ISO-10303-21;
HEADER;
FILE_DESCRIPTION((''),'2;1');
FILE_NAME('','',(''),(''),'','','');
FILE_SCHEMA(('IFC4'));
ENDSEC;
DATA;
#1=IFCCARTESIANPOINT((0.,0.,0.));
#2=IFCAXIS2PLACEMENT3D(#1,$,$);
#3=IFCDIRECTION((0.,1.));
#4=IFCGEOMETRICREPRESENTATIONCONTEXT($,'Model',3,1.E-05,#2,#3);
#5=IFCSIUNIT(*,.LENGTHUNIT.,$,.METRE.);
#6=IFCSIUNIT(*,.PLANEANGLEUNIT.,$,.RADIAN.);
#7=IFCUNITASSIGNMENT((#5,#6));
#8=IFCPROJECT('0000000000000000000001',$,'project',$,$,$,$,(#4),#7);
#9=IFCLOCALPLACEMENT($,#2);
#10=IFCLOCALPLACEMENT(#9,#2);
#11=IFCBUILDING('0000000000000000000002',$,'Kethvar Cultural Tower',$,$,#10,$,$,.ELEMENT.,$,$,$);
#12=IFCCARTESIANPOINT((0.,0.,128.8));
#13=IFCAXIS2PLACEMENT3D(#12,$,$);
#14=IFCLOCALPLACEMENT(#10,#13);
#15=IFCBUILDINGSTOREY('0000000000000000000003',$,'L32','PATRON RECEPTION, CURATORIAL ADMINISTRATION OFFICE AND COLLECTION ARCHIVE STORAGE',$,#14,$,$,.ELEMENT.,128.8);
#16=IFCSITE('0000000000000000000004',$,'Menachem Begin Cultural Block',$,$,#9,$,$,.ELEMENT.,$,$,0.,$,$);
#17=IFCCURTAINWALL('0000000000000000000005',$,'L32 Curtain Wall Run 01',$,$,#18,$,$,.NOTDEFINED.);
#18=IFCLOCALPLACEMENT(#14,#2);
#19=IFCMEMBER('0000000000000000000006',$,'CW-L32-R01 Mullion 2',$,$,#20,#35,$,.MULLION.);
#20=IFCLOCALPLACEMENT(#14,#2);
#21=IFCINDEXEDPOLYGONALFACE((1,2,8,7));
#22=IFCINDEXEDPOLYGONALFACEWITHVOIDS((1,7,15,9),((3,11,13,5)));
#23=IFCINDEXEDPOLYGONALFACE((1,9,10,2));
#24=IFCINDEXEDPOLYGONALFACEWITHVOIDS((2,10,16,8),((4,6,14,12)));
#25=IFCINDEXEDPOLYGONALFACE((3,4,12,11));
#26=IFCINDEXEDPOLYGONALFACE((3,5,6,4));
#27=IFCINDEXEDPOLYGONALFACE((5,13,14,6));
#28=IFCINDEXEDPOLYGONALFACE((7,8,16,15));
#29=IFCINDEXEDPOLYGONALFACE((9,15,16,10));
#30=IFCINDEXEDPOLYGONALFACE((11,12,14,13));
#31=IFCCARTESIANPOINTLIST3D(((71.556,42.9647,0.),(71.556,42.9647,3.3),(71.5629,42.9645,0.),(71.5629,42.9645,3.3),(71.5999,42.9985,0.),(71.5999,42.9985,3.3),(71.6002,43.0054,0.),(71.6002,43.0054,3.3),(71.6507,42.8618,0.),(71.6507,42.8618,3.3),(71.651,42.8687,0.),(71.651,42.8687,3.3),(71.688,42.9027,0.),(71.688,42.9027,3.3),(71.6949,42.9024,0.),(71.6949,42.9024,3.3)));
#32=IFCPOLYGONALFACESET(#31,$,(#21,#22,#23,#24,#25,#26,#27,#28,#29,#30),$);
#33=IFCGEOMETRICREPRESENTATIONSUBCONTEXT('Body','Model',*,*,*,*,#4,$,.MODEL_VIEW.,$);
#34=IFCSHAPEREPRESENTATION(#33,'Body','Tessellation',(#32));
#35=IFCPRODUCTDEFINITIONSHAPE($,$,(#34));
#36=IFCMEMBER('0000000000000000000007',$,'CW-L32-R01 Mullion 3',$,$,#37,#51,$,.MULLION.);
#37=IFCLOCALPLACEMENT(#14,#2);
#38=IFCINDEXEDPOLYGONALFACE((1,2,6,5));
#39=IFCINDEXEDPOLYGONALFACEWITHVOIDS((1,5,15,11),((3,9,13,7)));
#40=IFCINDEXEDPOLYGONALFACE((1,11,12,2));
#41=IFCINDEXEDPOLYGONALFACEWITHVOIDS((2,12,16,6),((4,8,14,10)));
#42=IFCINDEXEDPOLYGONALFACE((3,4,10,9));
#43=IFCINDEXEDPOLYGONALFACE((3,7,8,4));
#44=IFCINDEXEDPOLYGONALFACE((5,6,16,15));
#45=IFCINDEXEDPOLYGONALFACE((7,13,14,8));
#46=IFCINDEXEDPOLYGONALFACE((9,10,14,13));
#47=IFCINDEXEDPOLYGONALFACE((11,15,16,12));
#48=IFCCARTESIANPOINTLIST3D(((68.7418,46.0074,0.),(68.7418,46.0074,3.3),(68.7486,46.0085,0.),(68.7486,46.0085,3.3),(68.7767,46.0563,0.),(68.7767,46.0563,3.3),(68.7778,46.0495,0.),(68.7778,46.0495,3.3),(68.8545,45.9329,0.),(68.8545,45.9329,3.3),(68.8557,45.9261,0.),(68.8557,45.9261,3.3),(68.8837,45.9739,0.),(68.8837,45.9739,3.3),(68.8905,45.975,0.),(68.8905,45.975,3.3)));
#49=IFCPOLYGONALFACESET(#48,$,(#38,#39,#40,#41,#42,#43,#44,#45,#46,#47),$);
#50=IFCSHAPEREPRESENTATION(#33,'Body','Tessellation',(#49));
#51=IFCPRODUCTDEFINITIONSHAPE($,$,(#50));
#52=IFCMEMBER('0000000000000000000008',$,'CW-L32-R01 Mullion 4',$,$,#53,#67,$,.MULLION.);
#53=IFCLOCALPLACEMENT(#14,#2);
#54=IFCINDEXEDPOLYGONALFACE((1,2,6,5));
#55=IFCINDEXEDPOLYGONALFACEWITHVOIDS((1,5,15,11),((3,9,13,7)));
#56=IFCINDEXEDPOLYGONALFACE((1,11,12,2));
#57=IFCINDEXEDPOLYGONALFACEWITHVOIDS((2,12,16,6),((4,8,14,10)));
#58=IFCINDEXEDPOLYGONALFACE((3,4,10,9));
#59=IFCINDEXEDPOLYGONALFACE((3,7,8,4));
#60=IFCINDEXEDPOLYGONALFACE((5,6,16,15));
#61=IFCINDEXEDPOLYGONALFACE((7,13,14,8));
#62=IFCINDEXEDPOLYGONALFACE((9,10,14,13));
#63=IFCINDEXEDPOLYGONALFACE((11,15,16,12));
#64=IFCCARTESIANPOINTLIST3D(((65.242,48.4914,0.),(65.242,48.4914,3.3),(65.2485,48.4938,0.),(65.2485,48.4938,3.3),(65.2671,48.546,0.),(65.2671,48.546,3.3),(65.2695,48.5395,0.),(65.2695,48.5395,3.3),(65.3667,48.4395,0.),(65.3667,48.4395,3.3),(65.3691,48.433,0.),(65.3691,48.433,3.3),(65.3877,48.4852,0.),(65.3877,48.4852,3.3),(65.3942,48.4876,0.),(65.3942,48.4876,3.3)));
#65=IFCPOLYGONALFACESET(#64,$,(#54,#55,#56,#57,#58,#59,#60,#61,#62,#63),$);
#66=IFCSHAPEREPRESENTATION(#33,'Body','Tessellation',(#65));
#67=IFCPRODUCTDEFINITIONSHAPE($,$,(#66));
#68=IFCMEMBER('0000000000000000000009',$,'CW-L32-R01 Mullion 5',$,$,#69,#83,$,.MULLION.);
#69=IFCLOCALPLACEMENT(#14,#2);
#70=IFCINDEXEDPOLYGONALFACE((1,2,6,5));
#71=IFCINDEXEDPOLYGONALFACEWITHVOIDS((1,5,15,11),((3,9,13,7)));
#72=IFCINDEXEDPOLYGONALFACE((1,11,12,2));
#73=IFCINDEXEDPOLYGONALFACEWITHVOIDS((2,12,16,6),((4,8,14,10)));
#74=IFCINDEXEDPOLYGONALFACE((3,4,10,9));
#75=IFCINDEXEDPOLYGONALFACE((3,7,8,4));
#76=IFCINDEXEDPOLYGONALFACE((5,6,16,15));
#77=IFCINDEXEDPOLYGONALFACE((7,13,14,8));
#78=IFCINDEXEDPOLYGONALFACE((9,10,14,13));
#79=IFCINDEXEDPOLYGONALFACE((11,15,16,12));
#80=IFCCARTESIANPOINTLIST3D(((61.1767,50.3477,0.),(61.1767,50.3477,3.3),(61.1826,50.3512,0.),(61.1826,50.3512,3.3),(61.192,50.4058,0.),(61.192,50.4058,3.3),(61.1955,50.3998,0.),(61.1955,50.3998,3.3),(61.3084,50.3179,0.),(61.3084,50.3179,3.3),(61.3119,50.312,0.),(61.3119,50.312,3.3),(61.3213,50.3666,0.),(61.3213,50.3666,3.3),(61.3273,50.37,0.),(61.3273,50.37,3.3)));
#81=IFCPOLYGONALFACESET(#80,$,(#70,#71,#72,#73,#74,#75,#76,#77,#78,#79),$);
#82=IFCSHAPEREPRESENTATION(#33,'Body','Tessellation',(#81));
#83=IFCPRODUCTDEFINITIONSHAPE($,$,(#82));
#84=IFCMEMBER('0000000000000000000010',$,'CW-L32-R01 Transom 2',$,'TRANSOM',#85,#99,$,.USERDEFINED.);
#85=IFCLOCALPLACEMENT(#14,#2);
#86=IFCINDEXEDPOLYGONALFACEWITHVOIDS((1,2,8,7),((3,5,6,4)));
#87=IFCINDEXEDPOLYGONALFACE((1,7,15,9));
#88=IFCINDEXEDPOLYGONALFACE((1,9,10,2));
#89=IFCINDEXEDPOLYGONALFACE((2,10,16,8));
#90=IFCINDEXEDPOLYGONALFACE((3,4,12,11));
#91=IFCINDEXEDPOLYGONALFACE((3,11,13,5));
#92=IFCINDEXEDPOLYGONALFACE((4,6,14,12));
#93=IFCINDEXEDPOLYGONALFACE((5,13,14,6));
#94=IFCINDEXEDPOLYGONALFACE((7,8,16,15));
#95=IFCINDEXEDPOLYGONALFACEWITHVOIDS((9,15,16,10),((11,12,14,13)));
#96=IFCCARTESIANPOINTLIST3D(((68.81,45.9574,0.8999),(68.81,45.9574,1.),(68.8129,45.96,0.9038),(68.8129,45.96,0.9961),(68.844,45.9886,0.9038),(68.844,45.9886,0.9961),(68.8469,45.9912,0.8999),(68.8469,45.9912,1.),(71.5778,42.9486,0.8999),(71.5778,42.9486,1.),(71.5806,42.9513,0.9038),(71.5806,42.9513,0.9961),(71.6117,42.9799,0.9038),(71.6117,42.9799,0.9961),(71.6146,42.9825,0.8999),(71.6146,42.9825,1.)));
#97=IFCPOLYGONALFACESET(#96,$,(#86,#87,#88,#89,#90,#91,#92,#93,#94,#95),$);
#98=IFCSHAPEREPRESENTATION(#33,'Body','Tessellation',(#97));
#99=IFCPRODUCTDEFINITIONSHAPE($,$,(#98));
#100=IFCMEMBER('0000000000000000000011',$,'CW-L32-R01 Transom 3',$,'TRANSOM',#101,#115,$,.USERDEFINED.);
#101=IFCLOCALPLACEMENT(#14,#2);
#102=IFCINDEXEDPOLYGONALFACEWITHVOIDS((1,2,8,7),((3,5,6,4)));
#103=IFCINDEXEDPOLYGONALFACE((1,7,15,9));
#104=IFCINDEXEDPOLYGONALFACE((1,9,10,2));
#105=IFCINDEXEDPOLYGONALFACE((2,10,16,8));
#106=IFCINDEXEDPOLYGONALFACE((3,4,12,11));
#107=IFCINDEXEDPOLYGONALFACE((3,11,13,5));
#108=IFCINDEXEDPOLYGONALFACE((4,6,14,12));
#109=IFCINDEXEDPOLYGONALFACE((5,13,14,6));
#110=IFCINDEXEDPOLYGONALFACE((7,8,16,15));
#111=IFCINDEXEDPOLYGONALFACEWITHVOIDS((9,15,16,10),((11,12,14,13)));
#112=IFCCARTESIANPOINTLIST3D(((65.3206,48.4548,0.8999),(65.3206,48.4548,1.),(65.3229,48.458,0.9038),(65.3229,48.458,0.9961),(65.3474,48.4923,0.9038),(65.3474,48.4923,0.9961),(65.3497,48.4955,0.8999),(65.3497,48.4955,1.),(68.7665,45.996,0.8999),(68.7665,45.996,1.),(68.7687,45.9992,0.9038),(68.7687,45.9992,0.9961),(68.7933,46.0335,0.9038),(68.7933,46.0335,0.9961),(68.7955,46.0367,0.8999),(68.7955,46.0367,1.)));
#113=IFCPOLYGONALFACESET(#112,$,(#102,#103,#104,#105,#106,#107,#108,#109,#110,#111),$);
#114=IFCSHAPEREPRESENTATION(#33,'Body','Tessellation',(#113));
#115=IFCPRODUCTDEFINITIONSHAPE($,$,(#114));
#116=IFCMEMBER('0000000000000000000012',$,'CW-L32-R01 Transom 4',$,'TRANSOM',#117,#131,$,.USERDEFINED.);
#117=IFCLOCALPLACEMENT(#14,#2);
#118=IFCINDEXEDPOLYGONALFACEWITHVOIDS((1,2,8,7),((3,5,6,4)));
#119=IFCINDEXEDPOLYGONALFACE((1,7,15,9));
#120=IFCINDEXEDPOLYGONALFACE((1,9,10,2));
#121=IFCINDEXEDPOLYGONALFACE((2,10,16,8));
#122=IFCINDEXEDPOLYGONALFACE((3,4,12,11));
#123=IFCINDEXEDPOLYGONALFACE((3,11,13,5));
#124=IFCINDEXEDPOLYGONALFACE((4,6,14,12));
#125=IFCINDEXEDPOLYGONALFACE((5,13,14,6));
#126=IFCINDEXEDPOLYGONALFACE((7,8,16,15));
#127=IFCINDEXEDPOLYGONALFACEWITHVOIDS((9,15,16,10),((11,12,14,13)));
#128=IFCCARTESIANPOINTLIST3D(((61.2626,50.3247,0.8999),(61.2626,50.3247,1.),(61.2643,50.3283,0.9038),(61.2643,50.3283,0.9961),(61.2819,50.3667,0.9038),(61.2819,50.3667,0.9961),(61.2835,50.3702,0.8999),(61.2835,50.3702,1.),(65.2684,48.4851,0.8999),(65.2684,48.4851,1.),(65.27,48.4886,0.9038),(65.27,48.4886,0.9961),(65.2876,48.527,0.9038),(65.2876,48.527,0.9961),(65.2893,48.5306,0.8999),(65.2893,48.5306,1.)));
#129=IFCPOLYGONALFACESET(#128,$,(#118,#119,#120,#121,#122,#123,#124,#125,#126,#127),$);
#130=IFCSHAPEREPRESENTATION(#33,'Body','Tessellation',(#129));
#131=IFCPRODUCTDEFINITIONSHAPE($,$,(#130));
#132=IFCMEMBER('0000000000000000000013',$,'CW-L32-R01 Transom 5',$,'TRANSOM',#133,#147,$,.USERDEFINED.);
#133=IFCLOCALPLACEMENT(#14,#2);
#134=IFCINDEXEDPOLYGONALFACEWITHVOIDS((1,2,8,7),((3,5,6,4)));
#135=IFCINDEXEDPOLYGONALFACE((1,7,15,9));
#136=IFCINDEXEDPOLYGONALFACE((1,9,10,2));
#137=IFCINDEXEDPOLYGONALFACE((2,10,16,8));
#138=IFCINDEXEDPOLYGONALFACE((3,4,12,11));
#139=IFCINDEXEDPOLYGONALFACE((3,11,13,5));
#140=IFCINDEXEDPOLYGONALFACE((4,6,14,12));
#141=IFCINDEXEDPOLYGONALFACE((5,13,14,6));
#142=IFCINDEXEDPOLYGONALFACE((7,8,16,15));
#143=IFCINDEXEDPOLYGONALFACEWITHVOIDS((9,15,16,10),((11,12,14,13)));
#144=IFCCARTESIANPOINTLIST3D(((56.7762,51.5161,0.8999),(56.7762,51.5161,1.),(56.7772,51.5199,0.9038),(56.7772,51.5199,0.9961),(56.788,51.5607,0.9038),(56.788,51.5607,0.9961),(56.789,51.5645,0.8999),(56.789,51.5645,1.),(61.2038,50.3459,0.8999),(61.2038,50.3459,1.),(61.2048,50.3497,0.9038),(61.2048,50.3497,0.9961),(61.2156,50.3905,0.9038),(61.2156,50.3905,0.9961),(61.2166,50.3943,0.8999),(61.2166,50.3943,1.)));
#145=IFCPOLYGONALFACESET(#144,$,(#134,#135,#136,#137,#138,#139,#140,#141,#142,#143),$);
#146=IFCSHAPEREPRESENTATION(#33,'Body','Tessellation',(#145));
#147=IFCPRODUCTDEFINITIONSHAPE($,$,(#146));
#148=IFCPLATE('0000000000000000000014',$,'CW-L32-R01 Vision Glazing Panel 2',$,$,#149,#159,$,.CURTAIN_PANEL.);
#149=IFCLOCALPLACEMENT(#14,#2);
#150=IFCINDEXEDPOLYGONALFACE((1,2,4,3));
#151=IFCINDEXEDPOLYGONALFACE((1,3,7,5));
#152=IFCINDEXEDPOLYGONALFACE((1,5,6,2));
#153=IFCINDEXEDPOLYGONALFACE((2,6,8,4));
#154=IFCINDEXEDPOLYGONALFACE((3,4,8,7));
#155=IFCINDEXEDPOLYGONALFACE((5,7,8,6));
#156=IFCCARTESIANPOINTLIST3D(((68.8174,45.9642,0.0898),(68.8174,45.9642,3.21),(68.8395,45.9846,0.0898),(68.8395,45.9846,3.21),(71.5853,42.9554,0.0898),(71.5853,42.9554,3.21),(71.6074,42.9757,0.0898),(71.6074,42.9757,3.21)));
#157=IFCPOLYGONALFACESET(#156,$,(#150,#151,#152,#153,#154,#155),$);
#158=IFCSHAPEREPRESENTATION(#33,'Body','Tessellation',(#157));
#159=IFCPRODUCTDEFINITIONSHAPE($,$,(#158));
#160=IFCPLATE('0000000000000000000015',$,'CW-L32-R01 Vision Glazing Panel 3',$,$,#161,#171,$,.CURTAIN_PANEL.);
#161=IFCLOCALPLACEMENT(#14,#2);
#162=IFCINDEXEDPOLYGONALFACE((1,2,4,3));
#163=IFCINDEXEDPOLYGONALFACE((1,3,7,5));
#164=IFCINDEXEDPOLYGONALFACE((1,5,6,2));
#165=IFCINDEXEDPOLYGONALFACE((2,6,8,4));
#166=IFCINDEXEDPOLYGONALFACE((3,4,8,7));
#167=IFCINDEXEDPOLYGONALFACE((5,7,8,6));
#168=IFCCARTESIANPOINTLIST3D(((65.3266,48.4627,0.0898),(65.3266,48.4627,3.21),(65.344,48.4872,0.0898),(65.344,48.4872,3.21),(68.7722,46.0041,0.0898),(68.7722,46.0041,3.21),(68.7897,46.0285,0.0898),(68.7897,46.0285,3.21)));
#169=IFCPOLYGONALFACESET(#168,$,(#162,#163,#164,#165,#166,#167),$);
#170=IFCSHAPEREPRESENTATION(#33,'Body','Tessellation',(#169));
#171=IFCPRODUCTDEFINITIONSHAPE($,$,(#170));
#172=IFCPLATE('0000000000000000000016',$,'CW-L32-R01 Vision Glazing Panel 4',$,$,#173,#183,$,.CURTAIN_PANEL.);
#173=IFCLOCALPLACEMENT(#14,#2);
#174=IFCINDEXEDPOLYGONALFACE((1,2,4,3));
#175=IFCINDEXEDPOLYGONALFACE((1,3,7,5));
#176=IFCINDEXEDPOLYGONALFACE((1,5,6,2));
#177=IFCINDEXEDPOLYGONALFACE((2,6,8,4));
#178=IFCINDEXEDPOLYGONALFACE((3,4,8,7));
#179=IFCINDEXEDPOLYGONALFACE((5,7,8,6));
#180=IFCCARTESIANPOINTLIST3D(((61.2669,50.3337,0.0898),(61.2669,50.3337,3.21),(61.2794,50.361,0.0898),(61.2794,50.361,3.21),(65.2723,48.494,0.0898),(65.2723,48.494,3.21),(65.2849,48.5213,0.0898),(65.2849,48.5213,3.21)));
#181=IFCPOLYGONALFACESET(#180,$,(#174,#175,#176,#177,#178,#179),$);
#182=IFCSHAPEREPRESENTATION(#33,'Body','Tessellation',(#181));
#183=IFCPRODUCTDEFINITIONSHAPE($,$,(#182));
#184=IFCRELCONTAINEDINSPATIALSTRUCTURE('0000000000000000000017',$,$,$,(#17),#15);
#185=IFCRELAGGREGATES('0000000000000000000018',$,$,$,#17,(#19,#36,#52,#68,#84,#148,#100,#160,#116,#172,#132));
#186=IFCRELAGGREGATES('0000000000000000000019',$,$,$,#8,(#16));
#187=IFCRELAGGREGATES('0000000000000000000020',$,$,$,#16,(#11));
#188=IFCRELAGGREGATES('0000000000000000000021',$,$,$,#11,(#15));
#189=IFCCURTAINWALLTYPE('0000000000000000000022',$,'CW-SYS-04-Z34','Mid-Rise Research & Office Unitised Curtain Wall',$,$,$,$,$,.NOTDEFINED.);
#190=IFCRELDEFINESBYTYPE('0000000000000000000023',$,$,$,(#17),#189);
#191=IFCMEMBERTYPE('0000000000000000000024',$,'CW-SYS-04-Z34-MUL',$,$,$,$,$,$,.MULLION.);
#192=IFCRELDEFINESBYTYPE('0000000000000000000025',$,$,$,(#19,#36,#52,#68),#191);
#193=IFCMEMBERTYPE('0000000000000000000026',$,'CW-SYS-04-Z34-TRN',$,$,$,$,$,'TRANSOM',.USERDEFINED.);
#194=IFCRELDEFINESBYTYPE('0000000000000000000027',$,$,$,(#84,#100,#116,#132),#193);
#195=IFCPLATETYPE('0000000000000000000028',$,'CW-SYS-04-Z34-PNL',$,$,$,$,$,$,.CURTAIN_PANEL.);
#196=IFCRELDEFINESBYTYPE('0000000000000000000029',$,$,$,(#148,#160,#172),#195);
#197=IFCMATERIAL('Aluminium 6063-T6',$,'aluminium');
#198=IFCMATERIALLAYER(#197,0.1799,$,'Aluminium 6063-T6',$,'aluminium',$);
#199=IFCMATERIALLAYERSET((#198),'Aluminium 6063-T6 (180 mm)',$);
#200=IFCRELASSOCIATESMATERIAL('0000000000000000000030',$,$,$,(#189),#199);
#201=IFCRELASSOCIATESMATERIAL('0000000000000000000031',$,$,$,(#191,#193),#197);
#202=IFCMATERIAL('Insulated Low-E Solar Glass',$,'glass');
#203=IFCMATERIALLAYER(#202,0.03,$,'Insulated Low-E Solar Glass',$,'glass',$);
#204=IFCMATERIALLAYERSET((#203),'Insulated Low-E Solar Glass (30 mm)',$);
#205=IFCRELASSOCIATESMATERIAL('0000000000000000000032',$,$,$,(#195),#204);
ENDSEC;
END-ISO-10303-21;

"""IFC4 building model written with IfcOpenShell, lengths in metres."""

from ifc_helpers import new_model, si_unit, direction, frame, origin, origin_2d, place, context, subcontext, project, spatial, rectangle, hollow_rectangle, extrude, source, transform, mapped, material, layer, layer_set, material_profile, profile_set, type_object, element, aggregate, save


model = new_model("IFC4")

# Units and contexts
model_context = context("Model", 3, precision=1e-05, world=origin(), true_north=direction((0.0, 1.0)))
body_context = subcontext(model_context, "Body", "Model", "MODEL_VIEW")
ifc_project = project(units=[si_unit("LENGTHUNIT", "METRE"), si_unit("PLANEANGLEUNIT", "RADIAN")], contexts=[model_context])

# Site, building, storey
site_placement = place(None, origin())
site = spatial("IfcSite", under=ifc_project, at=site_placement, Name="Menachem Begin Cultural Block", CompositionType="ELEMENT", RefElevation=0.0)
building_placement = place(site_placement, origin())
building = spatial("IfcBuilding", under=site, at=building_placement, Name="Kethvar Cultural Tower", CompositionType="ELEMENT")
storey_placement = place(building_placement, frame((0.0, 0.0, 128.8)))
storey = spatial("IfcBuildingStorey", under=building, at=storey_placement, Name="L32", Description="PATRON RECEPTION, CURATORIAL ADMINISTRATION OFFICE AND COLLECTION ARCHIVE STORAGE", CompositionType="ELEMENT", Elevation=128.8)

# Curtain wall, members, plates
ifc_material_1 = material(Name="Aluminium 6063-T6", Category="aluminium")
ifc_layer_1 = layer(ifc_material_1, 0.1799, Name="Aluminium 6063-T6", Category="aluminium")
ifc_layer_set_1 = layer_set([ifc_layer_1], Name="Aluminium 6063-T6 (180 mm)")
curtain_wall_type = type_object("IfcCurtainWallType", Name="CW-SYS-04-Z34", Description="Mid-Rise Research & Office Unitised Curtain Wall", PredefinedType="NOTDEFINED", material=ifc_layer_set_1)
curtain_wall_placement = place(storey_placement, origin())
curtain_wall = element("IfcCurtainWall", 1, at=curtain_wall_placement, inside=storey, type_object=curtain_wall_type, Name="L32 Curtain Wall Run 01", PredefinedType="NOTDEFINED")
ifc_material_profile_1 = material_profile(ifc_material_1, hollow_rectangle(XDim=0.0601, YDim=0.1399, WallThickness=0.0049, at=origin_2d()), Name="Aluminium 6063-T6 — RHS140x60x5")
ifc_profile_set_1 = profile_set([ifc_material_profile_1], Name="Aluminium 6063-T6 — RHS140x60x5")
member_type_1 = type_object("IfcMemberType", Name="CW-SYS-04-Z34-MUL", PredefinedType="MULLION", material=ifc_profile_set_1)
shared_shape_1 = source(origin(), body_context, "Body", "SweptSolid", [
    extrude(hollow_rectangle(XDim=0.0601, YDim=0.1399, WallThickness=0.0049, at=origin_2d()), origin(), (0.0, 0.0, 1.0), 3.3),
])
member_1_placement = place(storey_placement, frame((71.6255, 42.9336, 0.0), z_axis=(0.0, 0.0, 1.0), x_axis=(-0.735955, -0.67703, 0.0)))
member_1 = element("IfcMember", 2, at=member_1_placement, type_object=member_type_1, Name="CW-L32-R01 Mullion 2", PredefinedType="MULLION", context=body_context, shape_type="MappedRepresentation", body=[
    mapped(shared_shape_1, transform((0.0, 0.0, 0.0), scale=1.0)),
])
member_2_placement = place(storey_placement, frame((68.8162, 45.9912, 0.0), z_axis=(0.0, 0.0, 1.0), x_axis=(-0.580845, -0.814014, 0.0)))
member_2 = element("IfcMember", 3, at=member_2_placement, type_object=member_type_1, Name="CW-L32-R01 Mullion 3", PredefinedType="MULLION", context=body_context, shape_type="MappedRepresentation", body=[
    mapped(shared_shape_1, transform((0.0, 0.0, 0.0), scale=1.0)),
])
member_3_placement = place(storey_placement, frame((65.3181, 48.4895, 0.0), z_axis=(0.0, 0.0, 1.0), x_axis=(-0.417375, -0.908734, 0.0)))
member_3 = element("IfcMember", 4, at=member_3_placement, type_object=member_type_1, Name="CW-L32-R01 Mullion 4", PredefinedType="MULLION", context=body_context, shape_type="MappedRepresentation", body=[
    mapped(shared_shape_1, transform((0.0, 0.0, 0.0), scale=1.0)),
])
member_4_placement = place(storey_placement, frame((61.252, 50.3589, 0.0), z_axis=(0.0, 0.0, 1.0), x_axis=(-0.255581, -0.966788, 0.0)))
member_4 = element("IfcMember", 5, at=member_4_placement, type_object=member_type_1, Name="CW-L32-R01 Mullion 5", PredefinedType="MULLION", context=body_context, shape_type="MappedRepresentation", body=[
    mapped(shared_shape_1, transform((0.0, 0.0, 0.0), scale=1.0)),
])
ifc_material_profile_2 = material_profile(ifc_material_1, hollow_rectangle(XDim=0.05, YDim=0.1001, WallThickness=0.0039, at=origin_2d()), Name="Aluminium 6063-T6 — RHS100x50x4")
ifc_profile_set_2 = profile_set([ifc_material_profile_2], Name="Aluminium 6063-T6 — RHS100x50x4")
member_type_2 = type_object("IfcMemberType", Name="CW-SYS-04-Z34-TRN", ElementType="TRANSOM", PredefinedType="USERDEFINED", material=ifc_profile_set_2)
shared_shape_2 = source(origin(), body_context, "Body", "SweptSolid", [
    extrude(hollow_rectangle(XDim=0.05, YDim=0.1001, WallThickness=0.0039, at=origin_2d()), origin(), (0.0, 0.0, 1.0), 4.0881),
])
member_5_placement = place(storey_placement, frame((71.5962, 42.9656, 0.95), z_axis=(-0.677022, 0.735963, 0.0), x_axis=(-0.735963, -0.677022, 0.0)))
member_5 = element("IfcMember", 6, at=member_5_placement, type_object=member_type_2, Name="CW-L32-R01 Transom 2", ObjectType="TRANSOM", PredefinedType="USERDEFINED", context=body_context, shape_type="MappedRepresentation", body=[
    mapped(shared_shape_2, transform((0.0, 0.0, 0.0), scale=1.0)),
])
shared_shape_3 = source(origin(), body_context, "Body", "SweptSolid", [
    extrude(hollow_rectangle(XDim=0.05, YDim=0.1001, WallThickness=0.0039, at=origin_2d()), origin(), (0.0, 0.0, 1.0), 4.2332),
])
member_6_placement = place(storey_placement, frame((68.781, 46.0164, 0.95), z_axis=(-0.814018, 0.58084, 0.0), x_axis=(-0.58084, -0.814018, 0.0)))
member_6 = element("IfcMember", 7, at=member_6_placement, type_object=member_type_2, Name="CW-L32-R01 Transom 3", ObjectType="TRANSOM", PredefinedType="USERDEFINED", context=body_context, shape_type="MappedRepresentation", body=[
    mapped(shared_shape_3, transform((0.0, 0.0, 0.0), scale=1.0)),
])
shared_shape_4 = source(origin(), body_context, "Body", "SweptSolid", [
    extrude(hollow_rectangle(XDim=0.05, YDim=0.1001, WallThickness=0.0039, at=origin_2d()), origin(), (0.0, 0.0, 1.0), 4.408),
])
member_7_placement = place(storey_placement, frame((65.2788, 48.5078, 0.95), z_axis=(-0.908747, 0.417347, 0.0), x_axis=(-0.417347, -0.908747, 0.0)))
member_7 = element("IfcMember", 8, at=member_7_placement, type_object=member_type_2, Name="CW-L32-R01 Transom 4", ObjectType="TRANSOM", PredefinedType="USERDEFINED", context=body_context, shape_type="MappedRepresentation", body=[
    mapped(shared_shape_4, transform((0.0, 0.0, 0.0), scale=1.0)),
])
shared_shape_5 = source(origin(), body_context, "Body", "SweptSolid", [
    extrude(hollow_rectangle(XDim=0.05, YDim=0.1001, WallThickness=0.0039, at=origin_2d()), origin(), (0.0, 0.0, 1.0), 4.5796),
])
member_8_placement = place(storey_placement, frame((61.2102, 50.3701, 0.95), z_axis=(-0.966803, 0.255522, 0.0), x_axis=(-0.255522, -0.966803, 0.0)))
member_8 = element("IfcMember", 9, at=member_8_placement, type_object=member_type_2, Name="CW-L32-R01 Transom 5", ObjectType="TRANSOM", PredefinedType="USERDEFINED", context=body_context, shape_type="MappedRepresentation", body=[
    mapped(shared_shape_5, transform((0.0, 0.0, 0.0), scale=1.0)),
])
ifc_material_2 = material(Name="Insulated Low-E Solar Glass", Category="glass")
ifc_layer_2 = layer(ifc_material_2, 0.03, Name="Insulated Low-E Solar Glass", Category="glass")
ifc_layer_set_2 = layer_set([ifc_layer_2], Name="Insulated Low-E Solar Glass (30 mm)")
plate_type = type_object("IfcPlateType", Name="CW-SYS-04-Z34-PNL", PredefinedType="CURTAIN_PANEL", material=ifc_layer_set_2)
shared_shape_6 = source(origin(), body_context, "Body", "SweptSolid", [
    extrude(rectangle(XDim=4.0884, YDim=0.03, at=origin_2d()), origin(), (0.0, 0.0, 1.0), 3.1201),
])
plate_1_placement = place(storey_placement, frame((70.2124, 44.47, 0.0898), z_axis=(0.0, 0.0, 1.0), x_axis=(-0.67703, 0.735955, 0.0)))
plate_1 = element("IfcPlate", 10, at=plate_1_placement, type_object=plate_type, Name="CW-L32-R01 Vision Glazing Panel 2", PredefinedType="CURTAIN_PANEL", context=body_context, shape_type="MappedRepresentation", body=[
    mapped(shared_shape_6, transform((0.0, 0.0, 0.0), scale=1.0)),
])
shared_shape_7 = source(origin(), body_context, "Body", "SweptSolid", [
    extrude(rectangle(XDim=4.2329, YDim=0.03, at=origin_2d()), origin(), (0.0, 0.0, 1.0), 3.1201),
])
plate_2_placement = place(storey_placement, frame((67.0581, 47.2456, 0.0898), z_axis=(0.0, 0.0, 1.0), x_axis=(-0.814014, 0.580845, 0.0)))
plate_2 = element("IfcPlate", 11, at=plate_2_placement, type_object=plate_type, Name="CW-L32-R01 Vision Glazing Panel 3", PredefinedType="CURTAIN_PANEL", context=body_context, shape_type="MappedRepresentation", body=[
    mapped(shared_shape_7, transform((0.0, 0.0, 0.0), scale=1.0)),
])
shared_shape_8 = source(origin(), body_context, "Body", "SweptSolid", [
    extrude(rectangle(XDim=4.4077, YDim=0.03, at=origin_2d()), origin(), (0.0, 0.0, 1.0), 3.1201),
])
plate_3_placement = place(storey_placement, frame((63.2759, 49.4275, 0.0898), z_axis=(0.0, 0.0, 1.0), x_axis=(-0.908734, 0.417375, 0.0)))
plate_3 = element("IfcPlate", 12, at=plate_3_placement, type_object=plate_type, Name="CW-L32-R01 Vision Glazing Panel 4", PredefinedType="CURTAIN_PANEL", context=body_context, shape_type="MappedRepresentation", body=[
    mapped(shared_shape_8, transform((0.0, 0.0, 0.0), scale=1.0)),
])
aggregate(curtain_wall, [member_1, member_2, member_3, member_4, member_5, plate_1, member_6, plate_2, member_7, plate_3, member_8])

save(model, "model.ifc")
